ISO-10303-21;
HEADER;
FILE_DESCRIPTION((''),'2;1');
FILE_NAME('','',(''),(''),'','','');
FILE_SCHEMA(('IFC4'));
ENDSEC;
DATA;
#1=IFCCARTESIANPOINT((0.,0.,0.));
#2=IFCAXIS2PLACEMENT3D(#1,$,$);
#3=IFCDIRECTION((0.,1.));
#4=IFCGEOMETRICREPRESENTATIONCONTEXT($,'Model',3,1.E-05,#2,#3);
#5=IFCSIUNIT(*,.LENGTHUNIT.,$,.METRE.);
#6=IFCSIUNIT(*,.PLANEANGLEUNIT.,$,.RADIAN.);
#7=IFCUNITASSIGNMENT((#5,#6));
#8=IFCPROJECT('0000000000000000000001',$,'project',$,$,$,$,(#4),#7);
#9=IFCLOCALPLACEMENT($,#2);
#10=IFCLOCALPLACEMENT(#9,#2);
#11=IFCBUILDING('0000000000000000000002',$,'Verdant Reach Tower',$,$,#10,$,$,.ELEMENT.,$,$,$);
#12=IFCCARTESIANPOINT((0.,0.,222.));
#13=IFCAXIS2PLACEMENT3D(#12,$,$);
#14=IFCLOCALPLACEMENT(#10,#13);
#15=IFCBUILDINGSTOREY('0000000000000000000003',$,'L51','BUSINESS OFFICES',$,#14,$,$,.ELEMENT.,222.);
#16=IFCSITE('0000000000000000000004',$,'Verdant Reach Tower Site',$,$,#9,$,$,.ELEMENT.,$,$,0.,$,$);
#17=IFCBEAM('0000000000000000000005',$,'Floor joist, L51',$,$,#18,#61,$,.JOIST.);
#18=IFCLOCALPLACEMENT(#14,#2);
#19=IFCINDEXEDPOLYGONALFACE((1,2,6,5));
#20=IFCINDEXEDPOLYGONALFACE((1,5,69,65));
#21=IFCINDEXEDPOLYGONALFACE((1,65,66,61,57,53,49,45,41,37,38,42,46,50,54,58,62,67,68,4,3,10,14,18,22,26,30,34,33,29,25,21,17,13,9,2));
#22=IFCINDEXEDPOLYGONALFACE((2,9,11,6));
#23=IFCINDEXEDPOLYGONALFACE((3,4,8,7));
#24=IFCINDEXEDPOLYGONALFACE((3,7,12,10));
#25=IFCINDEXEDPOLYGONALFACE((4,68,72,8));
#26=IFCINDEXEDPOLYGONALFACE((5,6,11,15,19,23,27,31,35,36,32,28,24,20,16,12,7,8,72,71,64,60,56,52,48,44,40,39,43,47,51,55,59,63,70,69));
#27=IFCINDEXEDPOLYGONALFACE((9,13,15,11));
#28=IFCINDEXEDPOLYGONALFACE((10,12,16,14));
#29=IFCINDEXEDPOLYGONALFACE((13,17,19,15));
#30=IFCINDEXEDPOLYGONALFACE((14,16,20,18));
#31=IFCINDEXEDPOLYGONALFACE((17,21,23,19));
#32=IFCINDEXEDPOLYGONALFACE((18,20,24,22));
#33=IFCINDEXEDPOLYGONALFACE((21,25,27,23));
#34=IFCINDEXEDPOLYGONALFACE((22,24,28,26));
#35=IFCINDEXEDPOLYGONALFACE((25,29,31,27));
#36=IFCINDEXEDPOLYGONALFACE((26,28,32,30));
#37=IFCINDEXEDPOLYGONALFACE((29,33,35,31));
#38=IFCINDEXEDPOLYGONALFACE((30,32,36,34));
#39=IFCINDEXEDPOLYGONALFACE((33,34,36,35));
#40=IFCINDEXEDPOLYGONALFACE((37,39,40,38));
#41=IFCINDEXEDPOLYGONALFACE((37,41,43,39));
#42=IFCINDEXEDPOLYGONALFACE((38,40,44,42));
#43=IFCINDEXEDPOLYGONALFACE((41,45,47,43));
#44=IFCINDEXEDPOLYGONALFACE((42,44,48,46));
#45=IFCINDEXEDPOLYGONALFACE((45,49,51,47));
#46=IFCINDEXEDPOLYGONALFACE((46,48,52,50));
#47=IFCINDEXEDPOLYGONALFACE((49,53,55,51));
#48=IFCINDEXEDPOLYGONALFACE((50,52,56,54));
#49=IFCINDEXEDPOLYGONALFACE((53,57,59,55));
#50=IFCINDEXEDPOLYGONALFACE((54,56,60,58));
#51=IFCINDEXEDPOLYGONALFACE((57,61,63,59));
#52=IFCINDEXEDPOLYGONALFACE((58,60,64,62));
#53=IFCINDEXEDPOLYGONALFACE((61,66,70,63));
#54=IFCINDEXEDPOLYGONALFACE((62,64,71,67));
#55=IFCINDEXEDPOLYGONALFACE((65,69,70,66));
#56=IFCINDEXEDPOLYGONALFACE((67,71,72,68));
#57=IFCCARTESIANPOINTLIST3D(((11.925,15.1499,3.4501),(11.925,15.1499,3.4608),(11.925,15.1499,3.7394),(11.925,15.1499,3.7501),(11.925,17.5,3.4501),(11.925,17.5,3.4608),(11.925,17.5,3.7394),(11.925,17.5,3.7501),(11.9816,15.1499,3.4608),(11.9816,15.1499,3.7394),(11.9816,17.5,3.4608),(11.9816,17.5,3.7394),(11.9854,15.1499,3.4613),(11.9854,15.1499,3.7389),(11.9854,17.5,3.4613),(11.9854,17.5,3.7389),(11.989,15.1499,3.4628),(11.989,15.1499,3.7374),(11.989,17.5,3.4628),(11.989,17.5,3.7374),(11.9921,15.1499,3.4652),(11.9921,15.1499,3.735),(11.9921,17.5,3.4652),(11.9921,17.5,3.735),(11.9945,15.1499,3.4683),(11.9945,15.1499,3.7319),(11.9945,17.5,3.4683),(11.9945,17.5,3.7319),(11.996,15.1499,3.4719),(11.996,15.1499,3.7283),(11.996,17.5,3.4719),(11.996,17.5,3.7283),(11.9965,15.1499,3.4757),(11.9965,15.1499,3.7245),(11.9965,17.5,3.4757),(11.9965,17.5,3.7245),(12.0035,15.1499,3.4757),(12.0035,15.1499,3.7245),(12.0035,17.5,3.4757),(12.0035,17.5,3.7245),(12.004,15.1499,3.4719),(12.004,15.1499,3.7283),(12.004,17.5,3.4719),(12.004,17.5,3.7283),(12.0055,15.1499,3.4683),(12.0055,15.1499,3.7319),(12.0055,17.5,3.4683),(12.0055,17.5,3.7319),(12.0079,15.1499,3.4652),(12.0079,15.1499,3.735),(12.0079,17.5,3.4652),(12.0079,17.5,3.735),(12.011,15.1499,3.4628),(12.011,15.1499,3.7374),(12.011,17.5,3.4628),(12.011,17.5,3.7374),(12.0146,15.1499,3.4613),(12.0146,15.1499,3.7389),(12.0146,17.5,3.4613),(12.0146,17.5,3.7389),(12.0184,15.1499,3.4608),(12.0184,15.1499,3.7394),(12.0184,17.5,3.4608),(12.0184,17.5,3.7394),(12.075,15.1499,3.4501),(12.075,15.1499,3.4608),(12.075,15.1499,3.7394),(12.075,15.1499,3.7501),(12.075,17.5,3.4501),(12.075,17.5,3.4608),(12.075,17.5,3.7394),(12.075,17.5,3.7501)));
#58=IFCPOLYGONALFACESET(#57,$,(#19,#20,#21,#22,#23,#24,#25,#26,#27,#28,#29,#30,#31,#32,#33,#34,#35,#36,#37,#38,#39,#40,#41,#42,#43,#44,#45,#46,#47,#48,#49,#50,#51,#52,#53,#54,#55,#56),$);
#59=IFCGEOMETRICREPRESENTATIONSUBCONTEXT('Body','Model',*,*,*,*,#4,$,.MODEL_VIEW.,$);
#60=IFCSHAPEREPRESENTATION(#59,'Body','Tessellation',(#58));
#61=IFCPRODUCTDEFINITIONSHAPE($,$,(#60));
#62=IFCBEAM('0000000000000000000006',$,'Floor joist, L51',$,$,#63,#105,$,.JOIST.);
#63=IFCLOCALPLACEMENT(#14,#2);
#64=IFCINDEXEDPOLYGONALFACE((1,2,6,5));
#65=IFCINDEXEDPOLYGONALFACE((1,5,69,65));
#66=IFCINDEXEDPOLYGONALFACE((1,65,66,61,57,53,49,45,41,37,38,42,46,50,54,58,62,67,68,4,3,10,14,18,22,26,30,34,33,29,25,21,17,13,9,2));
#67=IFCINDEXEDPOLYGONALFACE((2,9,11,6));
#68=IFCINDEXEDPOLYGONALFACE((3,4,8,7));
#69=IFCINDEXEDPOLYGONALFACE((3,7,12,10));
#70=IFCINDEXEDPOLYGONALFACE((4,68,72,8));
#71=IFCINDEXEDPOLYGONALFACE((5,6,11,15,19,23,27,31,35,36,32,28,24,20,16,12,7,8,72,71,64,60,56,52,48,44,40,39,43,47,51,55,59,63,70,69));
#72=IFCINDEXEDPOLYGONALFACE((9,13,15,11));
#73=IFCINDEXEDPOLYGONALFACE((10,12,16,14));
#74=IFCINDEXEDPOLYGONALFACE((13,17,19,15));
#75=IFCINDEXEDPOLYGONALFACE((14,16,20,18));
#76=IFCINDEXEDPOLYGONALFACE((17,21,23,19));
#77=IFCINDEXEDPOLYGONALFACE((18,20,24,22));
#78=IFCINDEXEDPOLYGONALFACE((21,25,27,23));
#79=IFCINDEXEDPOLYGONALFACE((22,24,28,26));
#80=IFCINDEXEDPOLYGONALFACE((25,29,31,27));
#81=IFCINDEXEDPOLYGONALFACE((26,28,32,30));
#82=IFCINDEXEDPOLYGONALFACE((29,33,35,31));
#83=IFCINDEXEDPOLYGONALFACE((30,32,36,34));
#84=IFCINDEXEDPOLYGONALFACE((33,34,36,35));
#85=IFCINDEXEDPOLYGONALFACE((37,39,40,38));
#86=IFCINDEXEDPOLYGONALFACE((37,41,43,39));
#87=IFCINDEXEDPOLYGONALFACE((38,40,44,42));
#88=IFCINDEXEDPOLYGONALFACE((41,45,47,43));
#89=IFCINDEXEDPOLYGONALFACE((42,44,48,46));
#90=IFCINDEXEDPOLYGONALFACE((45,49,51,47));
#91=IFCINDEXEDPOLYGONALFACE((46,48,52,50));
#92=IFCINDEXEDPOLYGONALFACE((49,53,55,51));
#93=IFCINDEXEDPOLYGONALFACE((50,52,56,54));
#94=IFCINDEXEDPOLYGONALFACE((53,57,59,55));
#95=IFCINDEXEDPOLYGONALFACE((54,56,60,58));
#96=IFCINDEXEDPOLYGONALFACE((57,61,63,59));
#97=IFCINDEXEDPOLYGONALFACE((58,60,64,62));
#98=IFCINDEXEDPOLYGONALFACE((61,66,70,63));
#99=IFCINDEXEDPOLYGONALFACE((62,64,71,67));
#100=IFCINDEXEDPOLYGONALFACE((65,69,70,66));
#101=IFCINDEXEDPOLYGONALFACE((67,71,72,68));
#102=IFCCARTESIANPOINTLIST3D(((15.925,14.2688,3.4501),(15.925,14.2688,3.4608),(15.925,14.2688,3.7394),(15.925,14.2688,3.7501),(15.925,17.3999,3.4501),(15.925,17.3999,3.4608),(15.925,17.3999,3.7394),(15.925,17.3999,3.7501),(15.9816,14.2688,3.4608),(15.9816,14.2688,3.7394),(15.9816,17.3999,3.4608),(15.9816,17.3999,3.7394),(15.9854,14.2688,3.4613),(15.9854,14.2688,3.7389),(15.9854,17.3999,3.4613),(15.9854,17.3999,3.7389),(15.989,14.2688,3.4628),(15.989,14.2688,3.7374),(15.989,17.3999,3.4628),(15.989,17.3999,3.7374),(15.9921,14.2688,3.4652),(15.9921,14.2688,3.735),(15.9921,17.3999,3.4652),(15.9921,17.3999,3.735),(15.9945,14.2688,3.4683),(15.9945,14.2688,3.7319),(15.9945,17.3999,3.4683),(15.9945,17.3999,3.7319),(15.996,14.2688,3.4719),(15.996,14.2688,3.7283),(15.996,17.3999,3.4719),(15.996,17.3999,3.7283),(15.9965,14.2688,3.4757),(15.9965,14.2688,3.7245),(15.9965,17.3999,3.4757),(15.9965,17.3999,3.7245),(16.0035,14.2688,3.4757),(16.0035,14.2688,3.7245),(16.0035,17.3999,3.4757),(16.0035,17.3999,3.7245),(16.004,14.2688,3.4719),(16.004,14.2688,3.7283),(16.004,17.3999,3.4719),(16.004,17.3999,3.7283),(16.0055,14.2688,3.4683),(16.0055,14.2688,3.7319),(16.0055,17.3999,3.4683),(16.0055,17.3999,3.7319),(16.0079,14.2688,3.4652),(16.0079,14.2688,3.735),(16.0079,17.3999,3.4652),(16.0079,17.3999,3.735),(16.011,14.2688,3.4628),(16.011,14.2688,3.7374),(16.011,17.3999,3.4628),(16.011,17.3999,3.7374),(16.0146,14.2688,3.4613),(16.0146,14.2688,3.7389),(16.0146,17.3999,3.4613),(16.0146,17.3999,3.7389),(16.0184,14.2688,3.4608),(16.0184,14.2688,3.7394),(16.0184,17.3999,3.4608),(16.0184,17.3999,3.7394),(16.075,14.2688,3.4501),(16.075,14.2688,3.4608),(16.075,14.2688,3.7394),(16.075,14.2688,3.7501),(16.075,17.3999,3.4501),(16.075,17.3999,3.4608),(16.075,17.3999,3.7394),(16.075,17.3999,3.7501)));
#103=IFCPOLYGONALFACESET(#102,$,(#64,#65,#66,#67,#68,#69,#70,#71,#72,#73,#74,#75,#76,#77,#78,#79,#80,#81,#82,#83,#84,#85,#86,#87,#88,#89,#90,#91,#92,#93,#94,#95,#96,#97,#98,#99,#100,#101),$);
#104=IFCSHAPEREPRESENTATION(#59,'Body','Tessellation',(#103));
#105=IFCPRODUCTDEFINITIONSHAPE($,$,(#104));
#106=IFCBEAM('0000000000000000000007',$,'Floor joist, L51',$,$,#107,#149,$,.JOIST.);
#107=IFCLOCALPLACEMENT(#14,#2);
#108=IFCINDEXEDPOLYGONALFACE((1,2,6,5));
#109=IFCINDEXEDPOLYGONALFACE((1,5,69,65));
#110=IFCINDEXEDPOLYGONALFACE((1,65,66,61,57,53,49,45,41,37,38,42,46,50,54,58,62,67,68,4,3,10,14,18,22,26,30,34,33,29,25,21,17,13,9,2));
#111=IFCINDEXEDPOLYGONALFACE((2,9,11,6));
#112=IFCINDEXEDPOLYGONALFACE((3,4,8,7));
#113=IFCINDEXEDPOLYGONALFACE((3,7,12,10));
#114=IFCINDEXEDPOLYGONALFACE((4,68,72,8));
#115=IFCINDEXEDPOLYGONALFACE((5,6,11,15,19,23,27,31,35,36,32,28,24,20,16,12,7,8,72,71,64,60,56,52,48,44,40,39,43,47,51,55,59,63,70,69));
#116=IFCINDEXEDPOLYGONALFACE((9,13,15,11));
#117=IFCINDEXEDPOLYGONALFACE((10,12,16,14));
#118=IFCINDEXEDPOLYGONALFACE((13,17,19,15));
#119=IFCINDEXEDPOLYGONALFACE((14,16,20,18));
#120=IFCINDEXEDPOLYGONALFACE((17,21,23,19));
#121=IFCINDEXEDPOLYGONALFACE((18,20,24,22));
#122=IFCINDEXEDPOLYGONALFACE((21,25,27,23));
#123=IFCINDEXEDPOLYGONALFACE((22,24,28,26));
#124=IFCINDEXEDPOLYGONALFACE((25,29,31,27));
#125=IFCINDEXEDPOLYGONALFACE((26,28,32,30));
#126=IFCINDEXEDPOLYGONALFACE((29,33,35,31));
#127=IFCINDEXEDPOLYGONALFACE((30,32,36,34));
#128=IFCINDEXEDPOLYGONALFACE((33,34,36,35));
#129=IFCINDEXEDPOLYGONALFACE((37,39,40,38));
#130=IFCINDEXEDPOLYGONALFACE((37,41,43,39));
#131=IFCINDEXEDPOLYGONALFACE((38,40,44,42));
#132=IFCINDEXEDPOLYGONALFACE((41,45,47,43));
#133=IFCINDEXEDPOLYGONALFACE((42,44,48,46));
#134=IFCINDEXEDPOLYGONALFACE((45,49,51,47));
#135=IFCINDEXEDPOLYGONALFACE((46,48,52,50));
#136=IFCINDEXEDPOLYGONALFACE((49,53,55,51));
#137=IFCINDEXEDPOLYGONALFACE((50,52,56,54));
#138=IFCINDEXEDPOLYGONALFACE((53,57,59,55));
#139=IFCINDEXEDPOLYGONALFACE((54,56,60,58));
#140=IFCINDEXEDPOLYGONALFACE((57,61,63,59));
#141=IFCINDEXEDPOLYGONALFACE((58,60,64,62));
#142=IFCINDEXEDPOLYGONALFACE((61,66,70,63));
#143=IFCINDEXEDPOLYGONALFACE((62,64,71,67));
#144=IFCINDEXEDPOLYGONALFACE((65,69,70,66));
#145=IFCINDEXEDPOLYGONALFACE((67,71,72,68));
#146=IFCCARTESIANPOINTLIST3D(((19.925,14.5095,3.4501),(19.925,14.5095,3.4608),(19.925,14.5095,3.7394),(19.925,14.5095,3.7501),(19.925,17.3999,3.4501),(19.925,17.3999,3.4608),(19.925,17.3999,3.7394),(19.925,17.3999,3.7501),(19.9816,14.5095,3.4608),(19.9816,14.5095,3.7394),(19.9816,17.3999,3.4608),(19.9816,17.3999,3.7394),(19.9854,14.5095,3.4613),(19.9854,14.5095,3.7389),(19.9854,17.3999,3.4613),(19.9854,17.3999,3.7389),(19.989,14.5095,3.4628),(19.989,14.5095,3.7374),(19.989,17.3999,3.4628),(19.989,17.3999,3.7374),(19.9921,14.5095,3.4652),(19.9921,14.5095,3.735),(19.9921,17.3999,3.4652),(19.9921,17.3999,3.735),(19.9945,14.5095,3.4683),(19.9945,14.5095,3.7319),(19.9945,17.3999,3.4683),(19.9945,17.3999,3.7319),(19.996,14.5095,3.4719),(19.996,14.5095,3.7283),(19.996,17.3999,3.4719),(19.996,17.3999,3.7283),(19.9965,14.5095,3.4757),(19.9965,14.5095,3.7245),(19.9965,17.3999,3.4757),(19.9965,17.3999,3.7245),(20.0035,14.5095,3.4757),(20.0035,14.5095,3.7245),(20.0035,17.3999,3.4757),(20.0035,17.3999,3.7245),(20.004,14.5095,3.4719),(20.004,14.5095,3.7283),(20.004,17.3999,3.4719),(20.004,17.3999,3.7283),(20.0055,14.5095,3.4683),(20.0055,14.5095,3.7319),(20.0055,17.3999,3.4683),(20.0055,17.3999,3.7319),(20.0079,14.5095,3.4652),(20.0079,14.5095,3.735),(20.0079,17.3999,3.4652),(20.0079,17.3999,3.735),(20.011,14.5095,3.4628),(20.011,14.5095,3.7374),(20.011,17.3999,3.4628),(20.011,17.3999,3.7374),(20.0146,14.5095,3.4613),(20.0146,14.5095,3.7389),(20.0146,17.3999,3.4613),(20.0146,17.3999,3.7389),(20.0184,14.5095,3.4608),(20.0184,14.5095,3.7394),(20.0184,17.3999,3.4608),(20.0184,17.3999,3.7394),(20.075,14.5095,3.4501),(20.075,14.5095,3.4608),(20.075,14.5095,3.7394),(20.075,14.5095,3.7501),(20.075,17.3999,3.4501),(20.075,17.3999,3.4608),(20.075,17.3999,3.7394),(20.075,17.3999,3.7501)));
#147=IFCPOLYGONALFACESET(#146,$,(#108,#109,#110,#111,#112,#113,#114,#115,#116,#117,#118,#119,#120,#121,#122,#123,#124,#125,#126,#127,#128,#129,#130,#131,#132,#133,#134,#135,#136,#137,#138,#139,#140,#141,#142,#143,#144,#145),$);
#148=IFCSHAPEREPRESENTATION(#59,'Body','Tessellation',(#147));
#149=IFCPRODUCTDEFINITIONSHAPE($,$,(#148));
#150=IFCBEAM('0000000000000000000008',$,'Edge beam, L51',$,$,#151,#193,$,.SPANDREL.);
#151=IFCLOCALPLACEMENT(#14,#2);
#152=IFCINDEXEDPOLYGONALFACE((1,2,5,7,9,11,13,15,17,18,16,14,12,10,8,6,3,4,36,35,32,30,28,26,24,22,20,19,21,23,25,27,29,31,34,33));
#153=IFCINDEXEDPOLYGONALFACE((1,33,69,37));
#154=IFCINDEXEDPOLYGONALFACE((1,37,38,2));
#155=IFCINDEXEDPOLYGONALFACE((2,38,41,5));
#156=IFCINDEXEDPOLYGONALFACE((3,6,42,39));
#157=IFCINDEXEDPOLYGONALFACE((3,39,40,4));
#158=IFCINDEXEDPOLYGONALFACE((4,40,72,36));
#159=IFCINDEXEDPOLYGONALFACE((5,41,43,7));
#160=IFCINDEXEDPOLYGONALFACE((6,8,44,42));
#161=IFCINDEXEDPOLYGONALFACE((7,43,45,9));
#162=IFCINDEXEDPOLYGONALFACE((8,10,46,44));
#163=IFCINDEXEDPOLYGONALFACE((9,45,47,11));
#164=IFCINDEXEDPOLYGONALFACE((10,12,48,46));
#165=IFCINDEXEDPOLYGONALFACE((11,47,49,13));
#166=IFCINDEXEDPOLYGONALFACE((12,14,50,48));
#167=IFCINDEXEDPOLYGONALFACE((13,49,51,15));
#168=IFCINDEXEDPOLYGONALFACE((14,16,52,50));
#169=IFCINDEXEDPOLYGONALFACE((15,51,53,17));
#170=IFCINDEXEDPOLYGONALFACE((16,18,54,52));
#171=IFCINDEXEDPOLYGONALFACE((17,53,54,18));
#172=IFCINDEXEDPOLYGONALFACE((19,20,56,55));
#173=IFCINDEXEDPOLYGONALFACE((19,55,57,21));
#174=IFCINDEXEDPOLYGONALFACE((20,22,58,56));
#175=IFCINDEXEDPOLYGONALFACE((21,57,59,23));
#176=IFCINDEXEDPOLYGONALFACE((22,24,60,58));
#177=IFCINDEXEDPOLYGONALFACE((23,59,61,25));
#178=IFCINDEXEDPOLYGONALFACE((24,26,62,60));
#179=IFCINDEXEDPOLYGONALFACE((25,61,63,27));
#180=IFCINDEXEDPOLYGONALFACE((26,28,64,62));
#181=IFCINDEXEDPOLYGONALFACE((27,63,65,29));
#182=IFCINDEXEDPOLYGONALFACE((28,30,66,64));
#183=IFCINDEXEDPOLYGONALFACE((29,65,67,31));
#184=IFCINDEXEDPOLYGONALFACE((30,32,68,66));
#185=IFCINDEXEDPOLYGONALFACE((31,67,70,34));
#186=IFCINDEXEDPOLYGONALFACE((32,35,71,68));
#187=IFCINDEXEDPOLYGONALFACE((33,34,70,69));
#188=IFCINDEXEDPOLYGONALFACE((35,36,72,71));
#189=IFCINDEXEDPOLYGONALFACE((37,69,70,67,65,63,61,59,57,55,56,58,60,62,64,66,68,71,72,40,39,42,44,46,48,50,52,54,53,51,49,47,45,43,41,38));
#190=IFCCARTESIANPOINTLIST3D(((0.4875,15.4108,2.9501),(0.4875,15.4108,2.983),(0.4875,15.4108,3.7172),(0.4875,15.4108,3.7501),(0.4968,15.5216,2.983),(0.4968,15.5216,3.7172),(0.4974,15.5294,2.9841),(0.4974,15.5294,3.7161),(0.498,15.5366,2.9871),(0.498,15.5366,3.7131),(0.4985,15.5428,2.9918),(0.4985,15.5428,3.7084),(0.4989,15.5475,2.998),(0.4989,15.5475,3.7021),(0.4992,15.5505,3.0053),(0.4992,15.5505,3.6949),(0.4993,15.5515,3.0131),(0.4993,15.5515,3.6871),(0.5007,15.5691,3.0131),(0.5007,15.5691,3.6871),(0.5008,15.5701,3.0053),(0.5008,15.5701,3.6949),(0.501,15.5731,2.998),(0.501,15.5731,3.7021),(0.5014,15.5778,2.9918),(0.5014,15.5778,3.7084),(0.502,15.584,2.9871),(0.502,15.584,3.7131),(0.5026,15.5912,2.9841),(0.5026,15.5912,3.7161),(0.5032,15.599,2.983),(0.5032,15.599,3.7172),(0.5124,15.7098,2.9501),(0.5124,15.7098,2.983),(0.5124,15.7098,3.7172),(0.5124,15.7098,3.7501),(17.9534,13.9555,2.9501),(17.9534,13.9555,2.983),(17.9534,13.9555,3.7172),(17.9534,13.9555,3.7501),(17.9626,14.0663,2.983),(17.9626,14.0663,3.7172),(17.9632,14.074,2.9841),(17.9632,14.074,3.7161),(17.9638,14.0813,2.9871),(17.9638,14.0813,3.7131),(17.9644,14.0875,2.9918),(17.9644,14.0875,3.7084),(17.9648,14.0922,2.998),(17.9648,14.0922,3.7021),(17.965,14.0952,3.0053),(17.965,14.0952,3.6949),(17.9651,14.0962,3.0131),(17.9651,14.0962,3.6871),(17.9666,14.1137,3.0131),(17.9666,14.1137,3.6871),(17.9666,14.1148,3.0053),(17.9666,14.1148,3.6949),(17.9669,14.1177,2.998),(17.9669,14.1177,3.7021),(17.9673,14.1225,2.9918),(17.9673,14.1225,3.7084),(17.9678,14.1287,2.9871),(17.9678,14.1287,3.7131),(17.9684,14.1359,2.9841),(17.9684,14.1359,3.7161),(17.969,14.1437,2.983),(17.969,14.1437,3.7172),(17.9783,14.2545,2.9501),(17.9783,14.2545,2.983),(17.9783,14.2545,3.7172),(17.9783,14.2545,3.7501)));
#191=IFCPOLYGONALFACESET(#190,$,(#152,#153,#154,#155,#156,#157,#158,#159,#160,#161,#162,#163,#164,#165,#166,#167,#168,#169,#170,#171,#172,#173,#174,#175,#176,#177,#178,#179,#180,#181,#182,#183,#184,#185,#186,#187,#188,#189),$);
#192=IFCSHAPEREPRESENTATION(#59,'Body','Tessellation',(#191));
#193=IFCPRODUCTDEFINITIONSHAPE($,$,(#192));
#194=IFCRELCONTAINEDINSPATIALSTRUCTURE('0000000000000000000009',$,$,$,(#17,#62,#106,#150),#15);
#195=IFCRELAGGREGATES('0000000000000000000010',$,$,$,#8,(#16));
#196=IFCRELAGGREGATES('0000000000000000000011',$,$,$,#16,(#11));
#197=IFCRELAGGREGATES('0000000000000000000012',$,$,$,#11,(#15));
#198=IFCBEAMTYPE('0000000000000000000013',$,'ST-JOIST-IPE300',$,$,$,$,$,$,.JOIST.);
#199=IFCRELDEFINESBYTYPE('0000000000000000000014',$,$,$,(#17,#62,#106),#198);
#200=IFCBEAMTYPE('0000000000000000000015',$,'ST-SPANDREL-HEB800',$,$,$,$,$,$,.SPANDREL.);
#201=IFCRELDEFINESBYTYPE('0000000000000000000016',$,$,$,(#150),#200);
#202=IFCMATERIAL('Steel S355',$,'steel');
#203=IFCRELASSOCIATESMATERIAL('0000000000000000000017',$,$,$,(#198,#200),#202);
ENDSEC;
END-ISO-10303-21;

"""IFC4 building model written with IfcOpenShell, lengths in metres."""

from ifc_helpers import new_model, si_unit, direction, frame, origin, origin_2d, place, context, subcontext, project, spatial, i_section, extrude, material, material_profile, profile_set, type_object, element, save


model = new_model("IFC4")

# Units and contexts
model_context = context("Model", 3, precision=1e-05, world=origin(), true_north=direction((0.0, 1.0)))
body_context = subcontext(model_context, "Body", "Model", "MODEL_VIEW")
ifc_project = project(units=[si_unit("LENGTHUNIT", "METRE"), si_unit("PLANEANGLEUNIT", "RADIAN")], contexts=[model_context])

# Site, building, storey
site_placement = place(None, origin())
site = spatial("IfcSite", under=ifc_project, at=site_placement, Name="Verdant Reach Tower Site", CompositionType="ELEMENT", RefElevation=0.0)
building_placement = place(site_placement, origin())
building = spatial("IfcBuilding", under=site, at=building_placement, Name="Verdant Reach Tower", CompositionType="ELEMENT")
storey_placement = place(building_placement, frame((0.0, 0.0, 222.0)))
storey = spatial("IfcBuildingStorey", under=building, at=storey_placement, Name="L51", Description="BUSINESS OFFICES", CompositionType="ELEMENT", Elevation=222.0)

# Beams
ifc_material_1 = material(Name="Steel S355", Category="steel")
ifc_material_profile_1 = material_profile(ifc_material_1, i_section(OverallWidth=0.1499, OverallDepth=0.3, WebThickness=0.0071, FlangeThickness=0.0107, FilletRadius=0.0149, at=origin_2d()), Name="IPE 300")
ifc_profile_set_1 = profile_set([ifc_material_profile_1], Name="Steel S355")
beam_type_1 = type_object("IfcBeamType", Name="ST-JOIST-IPE300", PredefinedType="JOIST", material=ifc_profile_set_1)
beam_1_placement = place(storey_placement, frame((12.0, 17.5, 3.6001), z_axis=(0.0, -1.0, 0.0), x_axis=(1.0, 0.0, 0.0)))
element("IfcBeam", 1, at=beam_1_placement, inside=storey, type_object=beam_type_1, Name="Floor joist, L51", PredefinedType="JOIST", context=body_context, shape_type="SweptSolid", body=[
    extrude(i_section(OverallWidth=0.1499, OverallDepth=0.3, WebThickness=0.0071, FlangeThickness=0.0107, FilletRadius=0.0149, at=origin_2d()), origin(), (0.0, 0.0, 1.0), 2.3501),
])
beam_2_placement = place(storey_placement, frame((16.0, 17.3999, 3.6001), z_axis=(0.0, -1.0, 0.0), x_axis=(1.0, 0.0, 0.0)))
element("IfcBeam", 2, at=beam_2_placement, inside=storey, type_object=beam_type_1, Name="Floor joist, L51", PredefinedType="JOIST", context=body_context, shape_type="SweptSolid", body=[
    extrude(i_section(OverallWidth=0.1499, OverallDepth=0.3, WebThickness=0.0071, FlangeThickness=0.0107, FilletRadius=0.0149, at=origin_2d()), origin(), (0.0, 0.0, 1.0), 3.1311),
])
beam_3_placement = place(storey_placement, frame((20.0, 17.3999, 3.6001), z_axis=(0.0, -1.0, 0.0), x_axis=(1.0, 0.0, 0.0)))
element("IfcBeam", 3, at=beam_3_placement, inside=storey, type_object=beam_type_1, Name="Floor joist, L51", PredefinedType="JOIST", context=body_context, shape_type="SweptSolid", body=[
    extrude(i_section(OverallWidth=0.1499, OverallDepth=0.3, WebThickness=0.0071, FlangeThickness=0.0107, FilletRadius=0.0149, at=origin_2d()), origin(), (0.0, 0.0, 1.0), 2.8904),
])
ifc_material_profile_2 = material_profile(ifc_material_1, i_section(OverallWidth=0.3, OverallDepth=0.8, WebThickness=0.0176, FlangeThickness=0.033, FilletRadius=0.03, at=origin_2d()), Name="HEB 800")
ifc_profile_set_2 = profile_set([ifc_material_profile_2], Name="Steel S355")
beam_type_2 = type_object("IfcBeamType", Name="ST-SPANDREL-HEB800", PredefinedType="SPANDREL", material=ifc_profile_set_2)
for number, where, z_axis, x_axis, name in (
    (4, (17.9658, 14.105, 3.3501), (-0.996547, 0.083036, 0.0), (-0.083036, -0.996547, 0.0), "Edge beam, L51"),
):
    element("IfcBeam", number, at=place(storey_placement, frame(where, z_axis=z_axis, x_axis=x_axis)), inside=storey, type_object=beam_type_2, Name=name, PredefinedType="SPANDREL", context=body_context, shape_type="SweptSolid", body=[
        extrude(i_section(OverallWidth=0.3, OverallDepth=0.8, WebThickness=0.0176, FlangeThickness=0.033, FilletRadius=0.03, at=origin_2d()), origin(), (0.0, 0.0, 1.0), 17.5264),
    ])

save(model, "model.ifc")
